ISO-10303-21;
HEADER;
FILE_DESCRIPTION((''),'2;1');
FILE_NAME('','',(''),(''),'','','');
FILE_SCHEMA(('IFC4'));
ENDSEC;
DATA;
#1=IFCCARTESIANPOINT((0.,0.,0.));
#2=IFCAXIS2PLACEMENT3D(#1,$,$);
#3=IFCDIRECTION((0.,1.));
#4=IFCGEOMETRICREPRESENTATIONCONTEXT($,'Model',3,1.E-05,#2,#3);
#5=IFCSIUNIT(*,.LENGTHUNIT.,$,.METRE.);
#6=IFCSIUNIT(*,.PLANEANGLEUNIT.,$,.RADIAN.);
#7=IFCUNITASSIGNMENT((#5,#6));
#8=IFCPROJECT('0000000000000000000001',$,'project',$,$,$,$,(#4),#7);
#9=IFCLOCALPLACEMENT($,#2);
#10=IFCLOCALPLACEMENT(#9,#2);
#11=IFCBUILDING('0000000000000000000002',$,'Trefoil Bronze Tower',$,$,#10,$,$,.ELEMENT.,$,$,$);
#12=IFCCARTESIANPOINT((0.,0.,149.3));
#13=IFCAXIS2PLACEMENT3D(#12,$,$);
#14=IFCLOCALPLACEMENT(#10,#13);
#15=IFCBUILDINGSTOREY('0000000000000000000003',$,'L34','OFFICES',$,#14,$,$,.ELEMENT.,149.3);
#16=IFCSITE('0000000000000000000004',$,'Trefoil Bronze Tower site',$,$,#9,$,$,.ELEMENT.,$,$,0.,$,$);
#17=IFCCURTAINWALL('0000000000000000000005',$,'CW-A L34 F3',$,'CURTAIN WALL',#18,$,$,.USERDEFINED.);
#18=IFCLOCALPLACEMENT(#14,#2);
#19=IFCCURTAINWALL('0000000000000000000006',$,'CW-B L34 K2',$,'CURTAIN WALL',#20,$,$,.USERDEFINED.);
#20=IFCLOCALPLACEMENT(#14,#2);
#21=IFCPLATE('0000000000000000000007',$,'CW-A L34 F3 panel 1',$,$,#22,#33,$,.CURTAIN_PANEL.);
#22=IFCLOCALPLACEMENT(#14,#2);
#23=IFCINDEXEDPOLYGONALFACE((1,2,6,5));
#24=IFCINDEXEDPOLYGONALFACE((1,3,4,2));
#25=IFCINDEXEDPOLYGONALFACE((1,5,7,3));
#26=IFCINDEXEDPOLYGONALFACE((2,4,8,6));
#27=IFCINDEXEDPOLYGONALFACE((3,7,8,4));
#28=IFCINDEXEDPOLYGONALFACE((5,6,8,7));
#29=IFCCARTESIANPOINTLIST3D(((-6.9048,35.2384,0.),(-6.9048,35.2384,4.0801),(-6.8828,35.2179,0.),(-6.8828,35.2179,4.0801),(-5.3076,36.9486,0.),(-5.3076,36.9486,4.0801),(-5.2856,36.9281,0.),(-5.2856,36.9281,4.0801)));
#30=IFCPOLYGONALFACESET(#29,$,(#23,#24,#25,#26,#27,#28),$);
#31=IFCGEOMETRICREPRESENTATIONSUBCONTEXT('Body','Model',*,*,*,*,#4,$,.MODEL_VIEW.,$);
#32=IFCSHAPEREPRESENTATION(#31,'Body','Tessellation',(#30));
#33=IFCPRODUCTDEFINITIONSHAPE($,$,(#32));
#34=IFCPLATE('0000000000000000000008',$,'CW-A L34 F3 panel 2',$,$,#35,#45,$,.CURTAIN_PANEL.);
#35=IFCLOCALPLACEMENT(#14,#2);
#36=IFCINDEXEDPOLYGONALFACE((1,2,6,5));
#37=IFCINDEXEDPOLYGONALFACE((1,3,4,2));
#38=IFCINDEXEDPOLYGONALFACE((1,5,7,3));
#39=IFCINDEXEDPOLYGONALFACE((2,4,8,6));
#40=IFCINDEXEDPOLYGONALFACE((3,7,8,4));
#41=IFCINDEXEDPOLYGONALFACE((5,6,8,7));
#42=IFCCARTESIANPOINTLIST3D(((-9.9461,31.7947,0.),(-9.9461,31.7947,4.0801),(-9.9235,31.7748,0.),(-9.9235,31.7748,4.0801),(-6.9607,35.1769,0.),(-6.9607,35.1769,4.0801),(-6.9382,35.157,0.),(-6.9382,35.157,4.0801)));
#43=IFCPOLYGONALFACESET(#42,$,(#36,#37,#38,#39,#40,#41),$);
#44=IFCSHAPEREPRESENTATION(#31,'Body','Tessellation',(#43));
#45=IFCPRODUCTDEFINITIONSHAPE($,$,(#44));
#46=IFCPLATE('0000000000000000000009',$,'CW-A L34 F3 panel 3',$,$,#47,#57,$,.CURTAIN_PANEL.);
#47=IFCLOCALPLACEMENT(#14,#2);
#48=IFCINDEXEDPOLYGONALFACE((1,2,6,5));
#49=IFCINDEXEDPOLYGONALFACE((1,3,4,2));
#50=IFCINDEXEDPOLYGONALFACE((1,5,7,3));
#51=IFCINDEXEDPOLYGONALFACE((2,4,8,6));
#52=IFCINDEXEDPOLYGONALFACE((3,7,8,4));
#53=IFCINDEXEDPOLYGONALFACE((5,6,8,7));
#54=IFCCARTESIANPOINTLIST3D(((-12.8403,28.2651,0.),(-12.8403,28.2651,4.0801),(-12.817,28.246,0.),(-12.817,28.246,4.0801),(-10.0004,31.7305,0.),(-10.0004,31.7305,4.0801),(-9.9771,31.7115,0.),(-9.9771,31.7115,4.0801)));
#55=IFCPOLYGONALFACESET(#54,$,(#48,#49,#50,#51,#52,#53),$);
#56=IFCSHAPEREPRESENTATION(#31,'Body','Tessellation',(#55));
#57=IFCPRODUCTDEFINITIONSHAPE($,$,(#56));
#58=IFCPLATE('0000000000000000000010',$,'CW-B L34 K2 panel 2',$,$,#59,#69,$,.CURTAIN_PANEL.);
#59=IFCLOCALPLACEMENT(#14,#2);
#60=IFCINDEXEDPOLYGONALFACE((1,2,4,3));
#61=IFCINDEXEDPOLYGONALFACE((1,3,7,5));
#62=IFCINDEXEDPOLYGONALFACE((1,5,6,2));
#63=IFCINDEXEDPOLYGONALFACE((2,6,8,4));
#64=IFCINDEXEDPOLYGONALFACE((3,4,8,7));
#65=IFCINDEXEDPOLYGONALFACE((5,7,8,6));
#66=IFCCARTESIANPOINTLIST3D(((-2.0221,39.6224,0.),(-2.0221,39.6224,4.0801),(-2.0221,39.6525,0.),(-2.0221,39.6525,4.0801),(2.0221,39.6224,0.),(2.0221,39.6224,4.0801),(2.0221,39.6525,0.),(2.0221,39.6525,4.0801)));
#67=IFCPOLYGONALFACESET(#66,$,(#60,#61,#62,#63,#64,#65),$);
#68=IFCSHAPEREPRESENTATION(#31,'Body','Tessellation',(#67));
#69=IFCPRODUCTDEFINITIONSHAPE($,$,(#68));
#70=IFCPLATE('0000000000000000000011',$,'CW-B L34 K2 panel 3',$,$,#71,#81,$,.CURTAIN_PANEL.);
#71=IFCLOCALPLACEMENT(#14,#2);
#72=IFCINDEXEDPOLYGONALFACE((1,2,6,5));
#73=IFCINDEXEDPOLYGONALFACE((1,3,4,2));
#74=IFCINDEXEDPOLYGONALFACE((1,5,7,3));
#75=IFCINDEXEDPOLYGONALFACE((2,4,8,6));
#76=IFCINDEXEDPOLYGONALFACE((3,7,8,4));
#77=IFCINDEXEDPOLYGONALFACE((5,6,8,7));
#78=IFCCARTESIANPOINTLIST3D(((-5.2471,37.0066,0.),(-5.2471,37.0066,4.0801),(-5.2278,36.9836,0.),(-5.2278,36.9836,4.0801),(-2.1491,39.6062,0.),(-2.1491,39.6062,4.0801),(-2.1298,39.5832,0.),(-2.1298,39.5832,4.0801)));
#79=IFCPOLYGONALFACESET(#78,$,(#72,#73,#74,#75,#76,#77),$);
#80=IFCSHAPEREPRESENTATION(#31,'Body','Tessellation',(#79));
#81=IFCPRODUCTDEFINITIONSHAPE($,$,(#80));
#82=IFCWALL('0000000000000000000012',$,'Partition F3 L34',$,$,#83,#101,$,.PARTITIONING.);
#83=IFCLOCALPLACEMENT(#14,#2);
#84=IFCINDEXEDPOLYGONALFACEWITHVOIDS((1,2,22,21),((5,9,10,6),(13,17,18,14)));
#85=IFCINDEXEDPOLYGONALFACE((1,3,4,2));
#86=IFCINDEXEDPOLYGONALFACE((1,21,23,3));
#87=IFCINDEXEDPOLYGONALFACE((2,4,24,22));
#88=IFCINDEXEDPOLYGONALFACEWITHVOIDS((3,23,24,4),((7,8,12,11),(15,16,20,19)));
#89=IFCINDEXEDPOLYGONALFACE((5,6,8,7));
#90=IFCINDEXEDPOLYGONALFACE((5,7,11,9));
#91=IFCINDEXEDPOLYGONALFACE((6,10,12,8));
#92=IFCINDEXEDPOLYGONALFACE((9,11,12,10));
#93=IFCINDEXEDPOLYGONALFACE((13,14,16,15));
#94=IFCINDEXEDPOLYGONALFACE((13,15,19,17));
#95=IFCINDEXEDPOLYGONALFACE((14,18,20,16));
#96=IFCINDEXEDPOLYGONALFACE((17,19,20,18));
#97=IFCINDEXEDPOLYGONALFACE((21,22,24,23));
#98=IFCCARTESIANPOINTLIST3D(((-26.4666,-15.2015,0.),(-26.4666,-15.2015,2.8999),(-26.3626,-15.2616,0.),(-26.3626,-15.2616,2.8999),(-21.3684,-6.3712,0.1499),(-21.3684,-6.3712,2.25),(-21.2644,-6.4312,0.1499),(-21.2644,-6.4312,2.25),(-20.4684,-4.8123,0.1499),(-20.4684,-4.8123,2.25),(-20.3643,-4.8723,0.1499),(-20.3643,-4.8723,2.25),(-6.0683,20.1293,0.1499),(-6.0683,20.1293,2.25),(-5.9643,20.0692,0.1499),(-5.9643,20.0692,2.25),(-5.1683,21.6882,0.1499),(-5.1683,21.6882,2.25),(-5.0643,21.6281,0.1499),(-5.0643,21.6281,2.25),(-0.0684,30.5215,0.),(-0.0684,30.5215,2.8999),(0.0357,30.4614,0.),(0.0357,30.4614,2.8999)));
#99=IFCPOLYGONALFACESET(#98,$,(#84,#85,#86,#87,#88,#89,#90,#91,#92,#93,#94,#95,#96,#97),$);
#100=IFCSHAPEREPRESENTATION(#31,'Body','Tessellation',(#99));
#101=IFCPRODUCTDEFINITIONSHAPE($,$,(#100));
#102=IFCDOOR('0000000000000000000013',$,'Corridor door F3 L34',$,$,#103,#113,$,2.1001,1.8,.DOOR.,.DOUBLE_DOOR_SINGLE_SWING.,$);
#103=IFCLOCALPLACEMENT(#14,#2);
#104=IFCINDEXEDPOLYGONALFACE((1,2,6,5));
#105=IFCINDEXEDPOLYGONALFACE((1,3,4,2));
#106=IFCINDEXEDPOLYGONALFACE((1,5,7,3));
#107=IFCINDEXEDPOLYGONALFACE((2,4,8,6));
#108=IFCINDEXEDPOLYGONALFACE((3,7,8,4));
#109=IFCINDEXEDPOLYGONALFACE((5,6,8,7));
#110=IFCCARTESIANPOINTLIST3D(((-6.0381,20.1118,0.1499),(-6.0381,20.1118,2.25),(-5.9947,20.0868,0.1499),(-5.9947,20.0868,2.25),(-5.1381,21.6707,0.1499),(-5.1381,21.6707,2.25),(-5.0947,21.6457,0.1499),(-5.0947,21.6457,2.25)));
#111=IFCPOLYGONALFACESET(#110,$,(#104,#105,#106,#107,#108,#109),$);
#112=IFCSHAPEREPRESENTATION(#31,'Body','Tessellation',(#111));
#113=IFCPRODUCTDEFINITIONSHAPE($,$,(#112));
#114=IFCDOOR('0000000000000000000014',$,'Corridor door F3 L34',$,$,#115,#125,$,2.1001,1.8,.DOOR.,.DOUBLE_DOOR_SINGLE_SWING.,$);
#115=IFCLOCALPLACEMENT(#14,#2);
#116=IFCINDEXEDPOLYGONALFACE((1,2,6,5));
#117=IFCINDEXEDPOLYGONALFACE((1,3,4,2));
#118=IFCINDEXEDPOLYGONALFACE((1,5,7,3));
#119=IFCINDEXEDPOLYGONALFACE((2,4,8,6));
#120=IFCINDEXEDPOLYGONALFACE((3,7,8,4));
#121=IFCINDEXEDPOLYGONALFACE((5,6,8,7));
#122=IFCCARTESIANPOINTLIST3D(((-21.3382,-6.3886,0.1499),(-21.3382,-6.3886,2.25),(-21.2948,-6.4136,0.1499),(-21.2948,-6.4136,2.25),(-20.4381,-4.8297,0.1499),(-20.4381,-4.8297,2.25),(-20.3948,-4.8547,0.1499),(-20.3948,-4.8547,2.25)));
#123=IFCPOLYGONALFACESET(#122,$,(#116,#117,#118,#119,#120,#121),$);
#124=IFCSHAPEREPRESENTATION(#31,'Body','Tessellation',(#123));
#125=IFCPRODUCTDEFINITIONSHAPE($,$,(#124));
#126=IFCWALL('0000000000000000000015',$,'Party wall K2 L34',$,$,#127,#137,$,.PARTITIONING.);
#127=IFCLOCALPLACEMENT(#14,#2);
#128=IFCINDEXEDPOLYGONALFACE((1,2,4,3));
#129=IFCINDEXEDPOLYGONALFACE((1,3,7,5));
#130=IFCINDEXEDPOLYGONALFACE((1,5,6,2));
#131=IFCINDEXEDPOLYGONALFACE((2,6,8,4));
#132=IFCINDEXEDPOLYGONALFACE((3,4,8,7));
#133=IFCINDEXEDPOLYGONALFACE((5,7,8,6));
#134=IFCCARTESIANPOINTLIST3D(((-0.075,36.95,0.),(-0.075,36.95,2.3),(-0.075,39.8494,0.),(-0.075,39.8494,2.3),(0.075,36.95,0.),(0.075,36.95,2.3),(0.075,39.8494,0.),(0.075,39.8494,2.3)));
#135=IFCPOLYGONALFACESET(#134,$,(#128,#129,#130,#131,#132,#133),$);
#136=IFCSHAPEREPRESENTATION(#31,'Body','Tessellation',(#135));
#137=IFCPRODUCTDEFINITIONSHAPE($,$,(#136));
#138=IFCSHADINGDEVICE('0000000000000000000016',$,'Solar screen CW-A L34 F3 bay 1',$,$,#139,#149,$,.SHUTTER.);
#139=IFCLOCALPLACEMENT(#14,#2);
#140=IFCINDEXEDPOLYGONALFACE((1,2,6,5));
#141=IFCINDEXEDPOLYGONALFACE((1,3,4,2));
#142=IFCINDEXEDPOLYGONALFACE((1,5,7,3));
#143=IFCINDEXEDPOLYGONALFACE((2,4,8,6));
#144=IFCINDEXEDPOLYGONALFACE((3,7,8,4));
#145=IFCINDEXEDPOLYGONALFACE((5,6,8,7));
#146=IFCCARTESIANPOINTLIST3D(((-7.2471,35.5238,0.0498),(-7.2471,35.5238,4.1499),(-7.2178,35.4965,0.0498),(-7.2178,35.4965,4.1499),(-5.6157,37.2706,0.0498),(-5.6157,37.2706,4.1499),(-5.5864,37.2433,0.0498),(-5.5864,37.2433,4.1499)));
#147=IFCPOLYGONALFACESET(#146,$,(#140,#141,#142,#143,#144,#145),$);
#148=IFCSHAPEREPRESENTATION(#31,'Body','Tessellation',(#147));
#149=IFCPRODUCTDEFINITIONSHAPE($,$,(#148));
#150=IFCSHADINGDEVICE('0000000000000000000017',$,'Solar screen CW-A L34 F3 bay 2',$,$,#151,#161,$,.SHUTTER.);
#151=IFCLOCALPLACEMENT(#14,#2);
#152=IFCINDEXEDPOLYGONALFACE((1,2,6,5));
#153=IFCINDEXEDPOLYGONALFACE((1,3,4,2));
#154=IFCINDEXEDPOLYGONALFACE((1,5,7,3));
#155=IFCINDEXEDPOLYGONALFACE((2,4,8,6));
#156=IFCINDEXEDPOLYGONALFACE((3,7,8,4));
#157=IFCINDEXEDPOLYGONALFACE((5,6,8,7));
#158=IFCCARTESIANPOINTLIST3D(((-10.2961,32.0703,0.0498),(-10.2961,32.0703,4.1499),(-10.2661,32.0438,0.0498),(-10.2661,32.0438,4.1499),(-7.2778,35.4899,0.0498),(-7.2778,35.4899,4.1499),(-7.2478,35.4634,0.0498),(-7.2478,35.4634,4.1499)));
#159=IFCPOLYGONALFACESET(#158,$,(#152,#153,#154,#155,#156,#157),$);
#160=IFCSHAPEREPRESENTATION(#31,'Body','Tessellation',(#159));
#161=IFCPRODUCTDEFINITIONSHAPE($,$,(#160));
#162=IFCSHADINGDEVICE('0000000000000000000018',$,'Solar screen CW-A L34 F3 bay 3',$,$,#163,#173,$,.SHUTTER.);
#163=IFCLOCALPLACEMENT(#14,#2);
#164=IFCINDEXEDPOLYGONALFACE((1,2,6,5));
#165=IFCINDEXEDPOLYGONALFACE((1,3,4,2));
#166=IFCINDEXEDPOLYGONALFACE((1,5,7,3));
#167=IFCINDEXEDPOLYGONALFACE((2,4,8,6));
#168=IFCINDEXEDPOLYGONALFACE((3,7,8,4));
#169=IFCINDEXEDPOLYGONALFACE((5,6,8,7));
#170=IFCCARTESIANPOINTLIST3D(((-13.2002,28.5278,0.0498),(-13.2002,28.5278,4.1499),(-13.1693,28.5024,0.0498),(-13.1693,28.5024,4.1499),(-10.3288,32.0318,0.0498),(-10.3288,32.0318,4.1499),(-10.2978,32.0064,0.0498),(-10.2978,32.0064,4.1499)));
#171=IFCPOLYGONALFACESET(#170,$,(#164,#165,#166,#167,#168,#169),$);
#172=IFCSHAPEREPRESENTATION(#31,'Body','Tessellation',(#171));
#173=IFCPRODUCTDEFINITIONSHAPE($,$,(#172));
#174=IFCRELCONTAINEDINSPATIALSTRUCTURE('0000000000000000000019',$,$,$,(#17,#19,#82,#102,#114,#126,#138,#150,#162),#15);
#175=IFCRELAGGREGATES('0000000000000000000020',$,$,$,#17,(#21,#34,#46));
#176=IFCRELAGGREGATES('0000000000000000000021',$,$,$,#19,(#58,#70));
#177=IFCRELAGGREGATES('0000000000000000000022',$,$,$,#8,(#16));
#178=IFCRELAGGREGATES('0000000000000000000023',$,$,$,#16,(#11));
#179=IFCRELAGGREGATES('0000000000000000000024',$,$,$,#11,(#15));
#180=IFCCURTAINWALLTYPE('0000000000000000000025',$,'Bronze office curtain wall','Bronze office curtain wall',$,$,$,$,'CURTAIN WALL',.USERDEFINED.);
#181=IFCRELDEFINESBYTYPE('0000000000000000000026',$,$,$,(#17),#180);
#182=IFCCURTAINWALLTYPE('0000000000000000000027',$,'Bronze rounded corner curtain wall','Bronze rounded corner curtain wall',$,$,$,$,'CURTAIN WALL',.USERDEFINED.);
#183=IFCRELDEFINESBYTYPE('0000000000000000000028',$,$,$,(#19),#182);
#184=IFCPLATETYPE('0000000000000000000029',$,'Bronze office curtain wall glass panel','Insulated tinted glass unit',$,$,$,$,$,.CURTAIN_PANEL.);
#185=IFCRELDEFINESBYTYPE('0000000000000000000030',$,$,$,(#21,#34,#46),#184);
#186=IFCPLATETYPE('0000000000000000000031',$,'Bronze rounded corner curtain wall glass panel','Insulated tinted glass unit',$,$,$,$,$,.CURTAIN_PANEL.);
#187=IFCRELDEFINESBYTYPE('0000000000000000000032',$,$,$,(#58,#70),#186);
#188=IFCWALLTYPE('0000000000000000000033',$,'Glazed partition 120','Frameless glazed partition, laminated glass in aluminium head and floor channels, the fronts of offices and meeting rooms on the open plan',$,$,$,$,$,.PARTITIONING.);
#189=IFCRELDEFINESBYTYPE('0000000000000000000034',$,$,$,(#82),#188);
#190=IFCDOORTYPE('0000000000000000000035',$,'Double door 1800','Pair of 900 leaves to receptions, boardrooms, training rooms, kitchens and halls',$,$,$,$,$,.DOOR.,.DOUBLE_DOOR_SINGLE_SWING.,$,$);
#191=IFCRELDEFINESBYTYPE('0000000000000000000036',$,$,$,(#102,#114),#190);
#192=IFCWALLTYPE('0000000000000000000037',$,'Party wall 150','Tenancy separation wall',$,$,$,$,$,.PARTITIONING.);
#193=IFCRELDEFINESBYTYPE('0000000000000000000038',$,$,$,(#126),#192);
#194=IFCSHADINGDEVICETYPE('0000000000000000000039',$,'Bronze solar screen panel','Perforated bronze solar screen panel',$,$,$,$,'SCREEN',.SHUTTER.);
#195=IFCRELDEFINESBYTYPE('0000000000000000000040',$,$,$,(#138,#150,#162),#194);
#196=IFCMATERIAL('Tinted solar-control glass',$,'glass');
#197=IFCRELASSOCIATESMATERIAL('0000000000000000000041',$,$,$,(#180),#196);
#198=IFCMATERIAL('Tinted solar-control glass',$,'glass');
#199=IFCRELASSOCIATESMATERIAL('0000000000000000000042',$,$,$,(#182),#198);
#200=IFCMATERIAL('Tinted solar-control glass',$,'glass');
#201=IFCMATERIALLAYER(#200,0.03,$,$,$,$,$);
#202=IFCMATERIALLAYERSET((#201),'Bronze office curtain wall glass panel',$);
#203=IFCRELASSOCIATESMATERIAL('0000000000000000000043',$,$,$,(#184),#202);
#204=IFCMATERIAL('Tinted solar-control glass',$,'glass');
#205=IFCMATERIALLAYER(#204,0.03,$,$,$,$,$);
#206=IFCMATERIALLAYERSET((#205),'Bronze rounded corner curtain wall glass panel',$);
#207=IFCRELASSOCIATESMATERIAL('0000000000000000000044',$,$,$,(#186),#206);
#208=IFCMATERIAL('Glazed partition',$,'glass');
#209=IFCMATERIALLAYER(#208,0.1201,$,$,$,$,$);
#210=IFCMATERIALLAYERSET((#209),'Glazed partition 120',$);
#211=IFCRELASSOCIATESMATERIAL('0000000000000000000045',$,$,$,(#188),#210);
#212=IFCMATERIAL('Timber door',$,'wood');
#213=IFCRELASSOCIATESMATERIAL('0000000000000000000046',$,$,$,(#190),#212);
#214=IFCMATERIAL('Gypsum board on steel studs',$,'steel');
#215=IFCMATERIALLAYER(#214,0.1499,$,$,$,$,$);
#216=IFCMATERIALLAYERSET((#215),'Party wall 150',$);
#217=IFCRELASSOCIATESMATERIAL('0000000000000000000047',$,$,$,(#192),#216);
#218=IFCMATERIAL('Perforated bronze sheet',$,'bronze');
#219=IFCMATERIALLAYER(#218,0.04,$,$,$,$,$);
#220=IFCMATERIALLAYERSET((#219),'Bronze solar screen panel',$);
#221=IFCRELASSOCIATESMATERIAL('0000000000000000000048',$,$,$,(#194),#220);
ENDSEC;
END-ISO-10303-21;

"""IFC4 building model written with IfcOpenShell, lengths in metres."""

from ifc_helpers import new_model, si_unit, direction, frame, frame_2d, origin, origin_2d, place, context, subcontext, project, spatial, rectangle, extrude, material, layer, layer_set, type_object, element, fill, aggregate, save


model = new_model("IFC4")

# Units and contexts
model_context = context("Model", 3, precision=1e-05, world=origin(), true_north=direction((0.0, 1.0)))
body_context = subcontext(model_context, "Body", "Model", "MODEL_VIEW")
ifc_project = project(units=[si_unit("LENGTHUNIT", "METRE"), si_unit("PLANEANGLEUNIT", "RADIAN")], contexts=[model_context])

# Site, building, storey
site_placement = place(None, origin())
site = spatial("IfcSite", under=ifc_project, at=site_placement, Name="Trefoil Bronze Tower site", CompositionType="ELEMENT", RefElevation=0.0)
building_placement = place(site_placement, origin())
building = spatial("IfcBuilding", under=site, at=building_placement, Name="Trefoil Bronze Tower", CompositionType="ELEMENT")
storey_placement = place(building_placement, frame((0.0, 0.0, 149.3)))
storey = spatial("IfcBuildingStorey", under=building, at=storey_placement, Name="L34", Description="OFFICES", CompositionType="ELEMENT", Elevation=149.3)

# Curtain walls
ifc_material_1 = material(Name="Tinted solar-control glass", Category="glass")
curtain_wall_type_1 = type_object("IfcCurtainWallType", Name="Bronze office curtain wall", Description="Bronze office curtain wall", ElementType="CURTAIN WALL", PredefinedType="USERDEFINED", material=ifc_material_1)
curtain_wall_1_placement = place(storey_placement, origin())
curtain_wall_1 = element("IfcCurtainWall", 1, at=curtain_wall_1_placement, inside=storey, type_object=curtain_wall_type_1, Name="CW-A L34 F3", ObjectType="CURTAIN WALL", PredefinedType="USERDEFINED")
ifc_material_2 = material(Name="Tinted solar-control glass", Category="glass")
curtain_wall_type_2 = type_object("IfcCurtainWallType", Name="Bronze rounded corner curtain wall", Description="Bronze rounded corner curtain wall", ElementType="CURTAIN WALL", PredefinedType="USERDEFINED", material=ifc_material_2)
curtain_wall_2_placement = place(storey_placement, origin())
curtain_wall_2 = element("IfcCurtainWall", 2, at=curtain_wall_2_placement, inside=storey, type_object=curtain_wall_type_2, Name="CW-B L34 K2", ObjectType="CURTAIN WALL", PredefinedType="USERDEFINED")

# Plates
ifc_material_3 = material(Name="Tinted solar-control glass", Category="glass")
ifc_layer_1 = layer(ifc_material_3, 0.03)
ifc_layer_set_1 = layer_set([ifc_layer_1], Name="Bronze office curtain wall glass panel")
plate_type_1 = type_object("IfcPlateType", Name="Bronze office curtain wall glass panel", Description="Insulated tinted glass unit", PredefinedType="CURTAIN_PANEL", material=ifc_layer_set_1)
plate_1_placement = place(storey_placement, frame((-6.0952, 36.0833, 0.0), z_axis=(0.0, 0.0, 1.0), x_axis=(-0.682536, -0.730852, 0.0)))
plate_1 = element("IfcPlate", 3, at=plate_1_placement, type_object=plate_type_1, Name="CW-A L34 F3 panel 1", PredefinedType="CURTAIN_PANEL", context=body_context, shape_type="SweptSolid", body=[
    extrude(rectangle(XDim=2.3401, YDim=0.03, at=origin_2d()), origin(), (0.0, 0.0, 1.0), 4.0801),
])
plate_2_placement = place(storey_placement, frame((-8.4421, 33.4758, 0.0), z_axis=(0.0, 0.0, 1.0), x_axis=(-0.661751, -0.749723, 0.0)))
plate_2 = element("IfcPlate", 4, at=plate_2_placement, type_object=plate_type_1, Name="CW-A L34 F3 panel 2", PredefinedType="CURTAIN_PANEL", context=body_context, shape_type="SweptSolid", body=[
    extrude(rectangle(XDim=4.5112, YDim=0.03, at=origin_2d()), origin(), (0.0, 0.0, 1.0), 4.0801),
])
plate_3_placement = place(storey_placement, frame((-11.4087, 29.9883, 0.0), z_axis=(0.0, 0.0, 1.0), x_axis=(-0.63384, -0.773464, 0.0)))
plate_3 = element("IfcPlate", 5, at=plate_3_placement, type_object=plate_type_1, Name="CW-A L34 F3 panel 3", PredefinedType="CURTAIN_PANEL", context=body_context, shape_type="SweptSolid", body=[
    extrude(rectangle(XDim=4.4805, YDim=0.03, at=origin_2d()), origin(), (0.0, 0.0, 1.0), 4.0801),
])
aggregate(curtain_wall_1, [plate_1, plate_2, plate_3])
ifc_material_4 = material(Name="Tinted solar-control glass", Category="glass")
ifc_layer_2 = layer(ifc_material_4, 0.03)
ifc_layer_set_2 = layer_set([ifc_layer_2], Name="Bronze rounded corner curtain wall glass panel")
plate_type_2 = type_object("IfcPlateType", Name="Bronze rounded corner curtain wall glass panel", Description="Insulated tinted glass unit", PredefinedType="CURTAIN_PANEL", material=ifc_layer_set_2)
plate_4_placement = place(storey_placement, frame((0.0, 39.6375, 0.0), z_axis=(0.0, 0.0, 1.0), x_axis=(-1.0, 0.0, 0.0)))
plate_4 = element("IfcPlate", 6, at=plate_4_placement, type_object=plate_type_2, Name="CW-B L34 K2 panel 2", PredefinedType="CURTAIN_PANEL", context=body_context, shape_type="SweptSolid", body=[
    extrude(rectangle(XDim=4.0442, YDim=0.03, at=origin_2d()), origin(), (0.0, 0.0, 1.0), 4.0801),
])
plate_5_placement = place(storey_placement, frame((-3.6885, 38.2949, 0.0), z_axis=(0.0, 0.0, 1.0), x_axis=(-0.766044, -0.642788, 0.0)))
plate_5 = element("IfcPlate", 7, at=plate_5_placement, type_object=plate_type_2, Name="CW-B L34 K2 panel 3", PredefinedType="CURTAIN_PANEL", context=body_context, shape_type="SweptSolid", body=[
    extrude(rectangle(XDim=4.0442, YDim=0.03, at=origin_2d()), origin(), (0.0, 0.0, 1.0), 4.0801),
])
aggregate(curtain_wall_2, [plate_4, plate_5])

# Wall, openings, doors
ifc_material_5 = material(Name="Glazed partition", Category="glass")
ifc_layer_3 = layer(ifc_material_5, 0.1201)
ifc_layer_set_3 = layer_set([ifc_layer_3], Name="Glazed partition 120")
wall_type_1 = type_object("IfcWallType", Name="Glazed partition 120", Description="Frameless glazed partition, laminated glass in aluminium head and floor channels, the fronts of offices and meeting rooms on the open plan", PredefinedType="PARTITIONING", material=ifc_layer_set_3)
wall_1_placement = place(storey_placement, frame((-0.0164, 30.4915, 0.0), z_axis=(0.0, 0.0, 1.0), x_axis=(-0.500001, -0.866025, 0.0)))
wall_1 = element("IfcWall", 8, at=wall_1_placement, inside=storey, type_object=wall_type_1, Name="Partition F3 L34", PredefinedType="PARTITIONING", context=body_context, shape_type="SweptSolid", body=[
    extrude(rectangle(XDim=52.7964, YDim=0.1201, at=frame_2d((26.3982, 0.0))), origin(), (0.0, 0.0, 1.0), 2.8999),
])
opening_1_placement = place(wall_1_placement, frame((10.2, 0.0, 0.1499)))
opening_1 = element("IfcOpeningElement", 9, at=opening_1_placement, cuts=wall_1, PredefinedType="OPENING", context=body_context, shape_type="SweptSolid", body=[
    extrude(rectangle(XDim=1.8, YDim=2.1001, at=frame_2d((0.8999, 1.05))), frame((0.0, 0.0701, 0.0), z_axis=(0.0, -1.0, 0.0), x_axis=(1.0, 0.0, 0.0)), (0.0, 0.0, 1.0), 0.1401),
])
opening_2_placement = place(wall_1_placement, frame((40.8, 0.0, 0.1499)))
opening_2 = element("IfcOpeningElement", 10, at=opening_2_placement, cuts=wall_1, PredefinedType="OPENING", context=body_context, shape_type="SweptSolid", body=[
    extrude(rectangle(XDim=1.8, YDim=2.1001, at=frame_2d((0.8999, 1.05))), frame((0.0, 0.0701, 0.0), z_axis=(0.0, -1.0, 0.0), x_axis=(1.0, 0.0, 0.0)), (0.0, 0.0, 1.0), 0.1401),
])
ifc_material_6 = material(Name="Timber door", Category="wood")
door_type = type_object("IfcDoorType", Name="Double door 1800", Description="Pair of 900 leaves to receptions, boardrooms, training rooms, kitchens and halls", OperationType="DOUBLE_DOOR_SINGLE_SWING", PredefinedType="DOOR", material=ifc_material_6)
door_1_placement = place(opening_1_placement, origin())
door_1 = element("IfcDoor", 11, at=door_1_placement, inside=storey, type_object=door_type, Name="Corridor door F3 L34", OperationType="DOUBLE_DOOR_SINGLE_SWING", OverallHeight=2.1001, OverallWidth=1.8, PredefinedType="DOOR", context=body_context, shape_type="SweptSolid", body=[
    extrude(rectangle(XDim=1.8, YDim=2.1001, at=frame_2d((0.8999, 1.05))), frame((0.0, 0.0249, 0.0), z_axis=(0.0, -1.0, 0.0), x_axis=(1.0, 0.0, 0.0)), (0.0, 0.0, 1.0), 0.05),
])
fill(opening_1, door_1)
door_2_placement = place(opening_2_placement, origin())
door_2 = element("IfcDoor", 12, at=door_2_placement, inside=storey, type_object=door_type, Name="Corridor door F3 L34", OperationType="DOUBLE_DOOR_SINGLE_SWING", OverallHeight=2.1001, OverallWidth=1.8, PredefinedType="DOOR", context=body_context, shape_type="SweptSolid", body=[
    extrude(rectangle(XDim=1.8, YDim=2.1001, at=frame_2d((0.8999, 1.05))), frame((0.0, 0.0249, 0.0), z_axis=(0.0, -1.0, 0.0), x_axis=(1.0, 0.0, 0.0)), (0.0, 0.0, 1.0), 0.05),
])
fill(opening_2, door_2)

# Wall
ifc_material_7 = material(Name="Gypsum board on steel studs", Category="steel")
ifc_layer_4 = layer(ifc_material_7, 0.1499)
ifc_layer_set_4 = layer_set([ifc_layer_4], Name="Party wall 150")
wall_type_2 = type_object("IfcWallType", Name="Party wall 150", Description="Tenancy separation wall", PredefinedType="PARTITIONING", material=ifc_layer_set_4)
wall_2_placement = place(storey_placement, frame((0.0, 36.95, 0.0), z_axis=(0.0, 0.0, 1.0), x_axis=(0.0, 1.0, 0.0)))
element("IfcWall", 13, at=wall_2_placement, inside=storey, type_object=wall_type_2, Name="Party wall K2 L34", PredefinedType="PARTITIONING", context=body_context, shape_type="SweptSolid", body=[
    extrude(rectangle(XDim=2.8994, YDim=0.1499, at=frame_2d((1.4497, 0.0))), origin(), (0.0, 0.0, 1.0), 2.3),
])

# Shading devices
ifc_material_8 = material(Name="Perforated bronze sheet", Category="bronze")
ifc_layer_5 = layer(ifc_material_8, 0.04)
ifc_layer_set_5 = layer_set([ifc_layer_5], Name="Bronze solar screen panel")
shading_device_type = type_object("IfcShadingDeviceType", Name="Bronze solar screen panel", Description="Perforated bronze solar screen panel", ElementType="SCREEN", PredefinedType="SHUTTER", material=ifc_layer_set_5)
shading_device_1_placement = place(storey_placement, frame((-6.4167, 36.3835, 0.0498), z_axis=(0.0, 0.0, 1.0), x_axis=(-0.682536, -0.730852, 0.0)))
element("IfcShadingDevice", 14, at=shading_device_1_placement, inside=storey, type_object=shading_device_type, Name="Solar screen CW-A L34 F3 bay 1", PredefinedType="SHUTTER", context=body_context, shape_type="SweptSolid", body=[
    extrude(rectangle(XDim=2.3901, YDim=0.04, at=origin_2d()), origin(), (0.0, 0.0, 1.0), 4.1001),
])
shading_device_2_placement = place(storey_placement, frame((-8.772, 33.7668, 0.0498), z_axis=(0.0, 0.0, 1.0), x_axis=(-0.661751, -0.749723, 0.0)))
element("IfcShadingDevice", 15, at=shading_device_2_placement, inside=storey, type_object=shading_device_type, Name="Solar screen CW-A L34 F3 bay 2", PredefinedType="SHUTTER", context=body_context, shape_type="SweptSolid", body=[
    extrude(rectangle(XDim=4.561, YDim=0.04, at=origin_2d()), origin(), (0.0, 0.0, 1.0), 4.1001),
])
shading_device_3_placement = place(storey_placement, frame((-11.749, 30.2671, 0.0498), z_axis=(0.0, 0.0, 1.0), x_axis=(-0.63384, -0.773464, 0.0)))
element("IfcShadingDevice", 16, at=shading_device_3_placement, inside=storey, type_object=shading_device_type, Name="Solar screen CW-A L34 F3 bay 3", PredefinedType="SHUTTER", context=body_context, shape_type="SweptSolid", body=[
    extrude(rectangle(XDim=4.5303, YDim=0.04, at=origin_2d()), origin(), (0.0, 0.0, 1.0), 4.1001),
])

save(model, "model.ifc")
